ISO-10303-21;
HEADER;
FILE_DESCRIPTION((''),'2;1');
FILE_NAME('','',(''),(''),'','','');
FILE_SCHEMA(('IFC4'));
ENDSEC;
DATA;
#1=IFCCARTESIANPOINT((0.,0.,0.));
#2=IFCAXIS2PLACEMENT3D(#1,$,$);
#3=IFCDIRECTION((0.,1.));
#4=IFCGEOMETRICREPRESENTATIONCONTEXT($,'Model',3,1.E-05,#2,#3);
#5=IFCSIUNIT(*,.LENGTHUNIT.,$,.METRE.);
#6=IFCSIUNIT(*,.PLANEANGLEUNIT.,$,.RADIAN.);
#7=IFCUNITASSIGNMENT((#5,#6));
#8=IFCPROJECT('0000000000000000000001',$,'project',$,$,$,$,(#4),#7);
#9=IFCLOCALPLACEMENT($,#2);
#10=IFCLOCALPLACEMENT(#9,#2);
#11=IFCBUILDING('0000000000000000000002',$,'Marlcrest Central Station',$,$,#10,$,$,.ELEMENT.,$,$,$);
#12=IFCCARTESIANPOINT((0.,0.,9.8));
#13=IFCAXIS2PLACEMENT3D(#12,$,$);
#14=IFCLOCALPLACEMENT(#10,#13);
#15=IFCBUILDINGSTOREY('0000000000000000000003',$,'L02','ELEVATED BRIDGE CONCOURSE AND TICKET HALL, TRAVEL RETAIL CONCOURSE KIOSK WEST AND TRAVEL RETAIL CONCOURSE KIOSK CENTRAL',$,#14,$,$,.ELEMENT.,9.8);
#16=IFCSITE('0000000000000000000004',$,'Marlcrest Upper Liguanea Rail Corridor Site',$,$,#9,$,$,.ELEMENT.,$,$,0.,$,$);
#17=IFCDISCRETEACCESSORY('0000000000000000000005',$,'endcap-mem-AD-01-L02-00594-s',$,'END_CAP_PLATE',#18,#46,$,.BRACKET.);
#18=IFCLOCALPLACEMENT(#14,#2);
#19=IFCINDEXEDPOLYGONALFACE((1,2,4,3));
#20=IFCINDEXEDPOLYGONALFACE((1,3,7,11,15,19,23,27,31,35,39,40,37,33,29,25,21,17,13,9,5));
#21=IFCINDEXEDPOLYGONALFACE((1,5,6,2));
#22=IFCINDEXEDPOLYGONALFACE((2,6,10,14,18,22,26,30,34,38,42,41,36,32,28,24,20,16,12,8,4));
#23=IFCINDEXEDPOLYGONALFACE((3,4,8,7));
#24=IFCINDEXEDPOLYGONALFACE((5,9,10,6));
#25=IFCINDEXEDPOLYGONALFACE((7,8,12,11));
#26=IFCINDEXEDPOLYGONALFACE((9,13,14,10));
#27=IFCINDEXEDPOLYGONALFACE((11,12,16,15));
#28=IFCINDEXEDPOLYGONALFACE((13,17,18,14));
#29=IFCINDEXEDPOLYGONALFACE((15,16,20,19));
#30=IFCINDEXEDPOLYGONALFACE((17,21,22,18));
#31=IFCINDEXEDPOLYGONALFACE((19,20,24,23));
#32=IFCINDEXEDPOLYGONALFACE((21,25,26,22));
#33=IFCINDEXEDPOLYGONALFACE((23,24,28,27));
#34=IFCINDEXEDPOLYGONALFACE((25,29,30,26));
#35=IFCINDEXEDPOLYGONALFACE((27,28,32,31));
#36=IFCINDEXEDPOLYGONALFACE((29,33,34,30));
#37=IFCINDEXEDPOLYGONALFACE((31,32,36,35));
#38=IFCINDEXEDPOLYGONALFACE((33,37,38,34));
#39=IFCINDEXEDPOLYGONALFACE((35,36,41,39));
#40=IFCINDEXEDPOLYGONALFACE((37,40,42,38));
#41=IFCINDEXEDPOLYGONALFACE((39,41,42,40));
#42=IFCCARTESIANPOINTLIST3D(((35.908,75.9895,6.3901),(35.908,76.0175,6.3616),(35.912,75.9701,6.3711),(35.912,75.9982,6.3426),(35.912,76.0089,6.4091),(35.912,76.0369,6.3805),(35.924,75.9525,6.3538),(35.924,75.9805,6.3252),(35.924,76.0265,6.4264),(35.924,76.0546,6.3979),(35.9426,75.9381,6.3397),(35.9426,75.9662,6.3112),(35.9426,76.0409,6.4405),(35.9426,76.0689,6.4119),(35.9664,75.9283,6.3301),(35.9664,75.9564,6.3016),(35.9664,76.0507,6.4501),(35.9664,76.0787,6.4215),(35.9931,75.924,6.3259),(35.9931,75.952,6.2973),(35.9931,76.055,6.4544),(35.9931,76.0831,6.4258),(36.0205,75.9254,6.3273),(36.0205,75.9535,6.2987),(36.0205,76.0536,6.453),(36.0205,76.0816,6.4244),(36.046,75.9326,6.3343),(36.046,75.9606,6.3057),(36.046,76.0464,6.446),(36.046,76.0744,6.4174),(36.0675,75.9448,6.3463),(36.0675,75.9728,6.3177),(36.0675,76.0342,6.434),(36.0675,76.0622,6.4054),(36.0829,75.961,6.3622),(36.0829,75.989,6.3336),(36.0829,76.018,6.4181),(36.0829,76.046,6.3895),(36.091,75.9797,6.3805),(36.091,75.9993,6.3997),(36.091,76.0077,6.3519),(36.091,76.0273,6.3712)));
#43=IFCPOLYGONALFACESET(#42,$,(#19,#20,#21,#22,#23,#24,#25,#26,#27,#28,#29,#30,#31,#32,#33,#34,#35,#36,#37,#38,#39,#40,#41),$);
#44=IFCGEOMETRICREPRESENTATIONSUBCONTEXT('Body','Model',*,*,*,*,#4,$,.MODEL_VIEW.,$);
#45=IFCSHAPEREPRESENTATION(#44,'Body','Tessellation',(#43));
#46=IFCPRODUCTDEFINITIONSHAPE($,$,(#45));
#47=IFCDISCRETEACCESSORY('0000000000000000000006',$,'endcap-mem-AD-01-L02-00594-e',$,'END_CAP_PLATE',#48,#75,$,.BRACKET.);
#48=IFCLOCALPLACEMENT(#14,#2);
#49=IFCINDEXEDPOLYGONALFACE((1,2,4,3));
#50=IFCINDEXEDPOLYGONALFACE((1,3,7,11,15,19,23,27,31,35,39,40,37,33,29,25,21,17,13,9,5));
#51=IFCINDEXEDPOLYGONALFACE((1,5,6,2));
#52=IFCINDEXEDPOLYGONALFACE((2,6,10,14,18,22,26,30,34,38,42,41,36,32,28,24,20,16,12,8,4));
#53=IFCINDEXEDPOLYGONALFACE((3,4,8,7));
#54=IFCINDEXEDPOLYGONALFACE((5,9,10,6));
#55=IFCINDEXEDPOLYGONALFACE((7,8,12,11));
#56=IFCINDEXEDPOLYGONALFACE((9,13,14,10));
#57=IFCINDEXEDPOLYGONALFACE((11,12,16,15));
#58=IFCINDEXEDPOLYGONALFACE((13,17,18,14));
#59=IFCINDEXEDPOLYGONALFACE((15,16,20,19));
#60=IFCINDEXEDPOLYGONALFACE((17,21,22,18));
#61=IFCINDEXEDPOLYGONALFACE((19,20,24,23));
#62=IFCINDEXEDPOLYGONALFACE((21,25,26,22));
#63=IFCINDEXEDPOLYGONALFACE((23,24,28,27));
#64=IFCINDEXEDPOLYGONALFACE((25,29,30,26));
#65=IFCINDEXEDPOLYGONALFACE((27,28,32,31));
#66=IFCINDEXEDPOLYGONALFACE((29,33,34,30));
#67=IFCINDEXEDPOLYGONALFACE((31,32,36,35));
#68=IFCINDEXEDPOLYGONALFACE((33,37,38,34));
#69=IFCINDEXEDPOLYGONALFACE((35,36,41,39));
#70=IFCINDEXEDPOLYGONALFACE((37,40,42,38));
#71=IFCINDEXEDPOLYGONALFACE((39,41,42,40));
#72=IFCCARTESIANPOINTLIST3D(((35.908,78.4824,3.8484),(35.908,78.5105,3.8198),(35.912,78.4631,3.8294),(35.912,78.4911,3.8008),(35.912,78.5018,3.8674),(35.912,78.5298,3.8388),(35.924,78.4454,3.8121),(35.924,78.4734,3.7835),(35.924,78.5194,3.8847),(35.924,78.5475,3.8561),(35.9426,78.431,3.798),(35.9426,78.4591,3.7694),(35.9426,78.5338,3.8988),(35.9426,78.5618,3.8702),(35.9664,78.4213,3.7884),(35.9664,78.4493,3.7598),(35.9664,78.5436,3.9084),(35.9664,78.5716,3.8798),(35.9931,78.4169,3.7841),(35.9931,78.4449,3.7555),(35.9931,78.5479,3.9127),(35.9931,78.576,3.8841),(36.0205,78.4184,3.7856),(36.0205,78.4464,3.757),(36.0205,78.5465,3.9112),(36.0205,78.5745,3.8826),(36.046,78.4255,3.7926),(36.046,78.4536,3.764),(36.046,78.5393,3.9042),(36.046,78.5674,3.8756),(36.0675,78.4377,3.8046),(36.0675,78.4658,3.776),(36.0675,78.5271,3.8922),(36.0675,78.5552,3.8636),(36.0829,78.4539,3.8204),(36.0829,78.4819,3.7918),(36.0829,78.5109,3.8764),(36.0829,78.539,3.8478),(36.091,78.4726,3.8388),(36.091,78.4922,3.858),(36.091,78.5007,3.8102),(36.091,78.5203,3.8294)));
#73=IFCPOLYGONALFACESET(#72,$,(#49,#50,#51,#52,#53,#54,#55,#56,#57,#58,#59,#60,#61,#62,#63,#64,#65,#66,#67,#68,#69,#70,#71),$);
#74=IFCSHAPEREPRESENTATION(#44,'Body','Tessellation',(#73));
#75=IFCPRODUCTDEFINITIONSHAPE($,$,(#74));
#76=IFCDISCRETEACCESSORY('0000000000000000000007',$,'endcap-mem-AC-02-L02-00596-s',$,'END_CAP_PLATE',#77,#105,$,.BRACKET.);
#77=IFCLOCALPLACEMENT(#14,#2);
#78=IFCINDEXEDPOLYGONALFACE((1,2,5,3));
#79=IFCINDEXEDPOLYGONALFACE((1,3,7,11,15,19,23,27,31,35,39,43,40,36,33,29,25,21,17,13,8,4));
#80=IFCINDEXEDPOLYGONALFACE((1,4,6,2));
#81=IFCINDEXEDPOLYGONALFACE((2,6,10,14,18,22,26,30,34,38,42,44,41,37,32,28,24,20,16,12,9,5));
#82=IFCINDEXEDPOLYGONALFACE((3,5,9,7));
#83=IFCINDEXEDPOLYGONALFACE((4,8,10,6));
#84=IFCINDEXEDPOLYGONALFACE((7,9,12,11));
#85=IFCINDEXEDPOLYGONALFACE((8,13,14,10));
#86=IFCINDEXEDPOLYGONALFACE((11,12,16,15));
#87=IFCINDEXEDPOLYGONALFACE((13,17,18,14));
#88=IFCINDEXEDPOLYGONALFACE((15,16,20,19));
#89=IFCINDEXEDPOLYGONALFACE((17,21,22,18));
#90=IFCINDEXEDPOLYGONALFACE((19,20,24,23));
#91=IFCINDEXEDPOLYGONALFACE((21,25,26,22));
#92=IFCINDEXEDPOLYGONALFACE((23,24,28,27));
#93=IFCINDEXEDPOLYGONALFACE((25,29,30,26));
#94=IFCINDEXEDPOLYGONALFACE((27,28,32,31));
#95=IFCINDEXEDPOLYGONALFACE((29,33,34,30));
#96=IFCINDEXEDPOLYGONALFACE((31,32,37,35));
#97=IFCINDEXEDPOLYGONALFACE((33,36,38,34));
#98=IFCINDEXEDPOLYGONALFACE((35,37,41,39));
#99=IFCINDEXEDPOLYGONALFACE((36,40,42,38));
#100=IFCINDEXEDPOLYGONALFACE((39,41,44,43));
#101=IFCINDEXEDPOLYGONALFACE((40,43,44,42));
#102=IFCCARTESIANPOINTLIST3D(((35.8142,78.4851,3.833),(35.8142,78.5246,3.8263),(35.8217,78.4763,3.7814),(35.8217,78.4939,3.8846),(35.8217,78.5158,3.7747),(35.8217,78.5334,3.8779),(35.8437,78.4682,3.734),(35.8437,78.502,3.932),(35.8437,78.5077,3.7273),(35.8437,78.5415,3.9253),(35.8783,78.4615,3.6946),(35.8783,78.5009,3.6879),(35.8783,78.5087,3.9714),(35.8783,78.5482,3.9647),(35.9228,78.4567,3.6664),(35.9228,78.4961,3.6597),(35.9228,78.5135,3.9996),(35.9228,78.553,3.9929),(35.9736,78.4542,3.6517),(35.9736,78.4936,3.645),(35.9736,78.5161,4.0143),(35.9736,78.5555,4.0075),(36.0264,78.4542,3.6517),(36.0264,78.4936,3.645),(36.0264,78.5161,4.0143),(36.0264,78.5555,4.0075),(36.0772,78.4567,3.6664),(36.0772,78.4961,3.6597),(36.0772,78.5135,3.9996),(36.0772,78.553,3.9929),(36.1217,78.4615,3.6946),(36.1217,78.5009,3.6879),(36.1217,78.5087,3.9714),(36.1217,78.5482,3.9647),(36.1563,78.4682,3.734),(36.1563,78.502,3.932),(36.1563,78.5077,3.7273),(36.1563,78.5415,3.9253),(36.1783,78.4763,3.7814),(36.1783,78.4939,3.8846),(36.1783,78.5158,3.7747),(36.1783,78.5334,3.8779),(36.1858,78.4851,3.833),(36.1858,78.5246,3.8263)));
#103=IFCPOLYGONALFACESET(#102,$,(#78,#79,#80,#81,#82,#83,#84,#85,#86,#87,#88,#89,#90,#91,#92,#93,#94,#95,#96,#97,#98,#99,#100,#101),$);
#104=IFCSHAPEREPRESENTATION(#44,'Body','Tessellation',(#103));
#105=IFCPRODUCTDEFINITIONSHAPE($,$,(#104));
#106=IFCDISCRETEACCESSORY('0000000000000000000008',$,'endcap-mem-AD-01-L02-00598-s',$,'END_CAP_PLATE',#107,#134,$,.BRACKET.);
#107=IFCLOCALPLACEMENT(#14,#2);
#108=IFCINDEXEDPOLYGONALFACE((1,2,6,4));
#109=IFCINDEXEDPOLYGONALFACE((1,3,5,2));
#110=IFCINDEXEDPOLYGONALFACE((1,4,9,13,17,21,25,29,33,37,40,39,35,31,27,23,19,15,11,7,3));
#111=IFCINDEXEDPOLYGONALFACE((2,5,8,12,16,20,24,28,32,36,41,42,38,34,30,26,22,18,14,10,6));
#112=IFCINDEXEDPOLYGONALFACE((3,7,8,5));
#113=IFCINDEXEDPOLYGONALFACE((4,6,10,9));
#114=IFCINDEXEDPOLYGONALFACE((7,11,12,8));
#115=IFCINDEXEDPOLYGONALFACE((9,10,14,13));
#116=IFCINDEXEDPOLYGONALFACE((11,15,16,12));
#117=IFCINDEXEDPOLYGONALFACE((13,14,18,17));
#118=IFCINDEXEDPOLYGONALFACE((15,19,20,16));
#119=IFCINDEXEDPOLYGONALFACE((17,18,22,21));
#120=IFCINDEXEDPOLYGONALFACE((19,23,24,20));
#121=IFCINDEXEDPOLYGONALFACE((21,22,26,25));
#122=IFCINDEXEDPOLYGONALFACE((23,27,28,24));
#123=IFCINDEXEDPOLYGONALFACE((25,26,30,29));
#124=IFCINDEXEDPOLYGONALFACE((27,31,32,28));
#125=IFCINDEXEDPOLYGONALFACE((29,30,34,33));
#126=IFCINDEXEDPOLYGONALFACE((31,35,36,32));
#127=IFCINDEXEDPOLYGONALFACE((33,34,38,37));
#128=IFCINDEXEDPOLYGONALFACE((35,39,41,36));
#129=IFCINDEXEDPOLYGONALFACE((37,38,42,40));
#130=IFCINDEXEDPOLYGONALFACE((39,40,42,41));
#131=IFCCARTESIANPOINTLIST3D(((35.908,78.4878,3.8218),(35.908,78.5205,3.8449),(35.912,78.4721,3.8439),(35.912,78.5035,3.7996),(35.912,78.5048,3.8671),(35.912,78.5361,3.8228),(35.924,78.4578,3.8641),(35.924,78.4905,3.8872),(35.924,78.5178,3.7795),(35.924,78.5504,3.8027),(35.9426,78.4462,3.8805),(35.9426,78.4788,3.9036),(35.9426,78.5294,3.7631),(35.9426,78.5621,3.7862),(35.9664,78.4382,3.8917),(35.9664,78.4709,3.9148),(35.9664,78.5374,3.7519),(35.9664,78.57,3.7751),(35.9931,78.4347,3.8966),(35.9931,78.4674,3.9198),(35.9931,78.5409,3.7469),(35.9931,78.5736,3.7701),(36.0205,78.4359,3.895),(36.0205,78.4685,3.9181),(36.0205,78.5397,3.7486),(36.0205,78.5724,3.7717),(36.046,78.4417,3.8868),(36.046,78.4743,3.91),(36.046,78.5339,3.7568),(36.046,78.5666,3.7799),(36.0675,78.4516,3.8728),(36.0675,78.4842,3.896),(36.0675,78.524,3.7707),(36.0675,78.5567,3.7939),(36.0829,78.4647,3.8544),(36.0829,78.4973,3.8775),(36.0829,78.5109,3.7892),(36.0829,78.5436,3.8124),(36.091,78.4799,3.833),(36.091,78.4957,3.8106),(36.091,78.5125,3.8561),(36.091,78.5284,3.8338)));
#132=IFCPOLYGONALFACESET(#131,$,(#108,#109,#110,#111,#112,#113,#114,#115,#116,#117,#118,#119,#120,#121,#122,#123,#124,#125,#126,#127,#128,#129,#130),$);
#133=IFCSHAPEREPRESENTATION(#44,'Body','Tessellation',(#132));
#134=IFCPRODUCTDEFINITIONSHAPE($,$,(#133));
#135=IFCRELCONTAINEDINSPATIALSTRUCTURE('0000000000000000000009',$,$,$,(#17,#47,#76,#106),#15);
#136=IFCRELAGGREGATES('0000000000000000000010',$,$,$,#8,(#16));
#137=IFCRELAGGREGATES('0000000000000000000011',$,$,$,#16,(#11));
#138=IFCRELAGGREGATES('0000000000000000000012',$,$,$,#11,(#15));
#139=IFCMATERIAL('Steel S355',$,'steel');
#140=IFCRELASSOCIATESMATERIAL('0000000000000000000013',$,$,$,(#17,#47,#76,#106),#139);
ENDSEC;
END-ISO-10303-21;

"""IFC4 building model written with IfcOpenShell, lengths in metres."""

from ifc_helpers import new_model, si_unit, direction, frame, origin, origin_2d, place, context, subcontext, project, spatial, circle, extrude, material, element, save


model = new_model("IFC4")

# Units and contexts
model_context = context("Model", 3, precision=1e-05, world=origin(), true_north=direction((0.0, 1.0)))
body_context = subcontext(model_context, "Body", "Model", "MODEL_VIEW")
ifc_project = project(units=[si_unit("LENGTHUNIT", "METRE"), si_unit("PLANEANGLEUNIT", "RADIAN")], contexts=[model_context])

# Site, building, storey
site_placement = place(None, origin())
site = spatial("IfcSite", under=ifc_project, at=site_placement, Name="Marlcrest Upper Liguanea Rail Corridor Site", CompositionType="ELEMENT", RefElevation=0.0)
building_placement = place(site_placement, origin())
building = spatial("IfcBuilding", under=site, at=building_placement, Name="Marlcrest Central Station", CompositionType="ELEMENT")
storey_placement = place(building_placement, frame((0.0, 0.0, 9.8)))
storey = spatial("IfcBuildingStorey", under=building, at=storey_placement, Name="L02", Description="ELEVATED BRIDGE CONCOURSE AND TICKET HALL, TRAVEL RETAIL CONCOURSE KIOSK WEST AND TRAVEL RETAIL CONCOURSE KIOSK CENTRAL", CompositionType="ELEMENT", Elevation=9.8)

# Shared definitions
ifc_material = material(Name="Steel S355", Category="steel")

# Discrete accessories
for number, where, z_axis, x_axis, name in (
    (1, (36.0, 75.9895, 6.3901), (0.0, 0.700235, -0.713912), (-1.0, 0.0, 0.0), "endcap-mem-AD-01-L02-00594-s"),
    (2, (36.0, 78.4824, 3.8484), (0.0, 0.700235, -0.713912), (-1.0, 0.0, 0.0), "endcap-mem-AD-01-L02-00594-e"),
):
    element("IfcDiscreteAccessory", number, at=place(storey_placement, frame(where, z_axis=z_axis, x_axis=x_axis)), inside=storey, material=ifc_material, Name=name, ObjectType="END_CAP_PLATE", PredefinedType="BRACKET", context=body_context, shape_type="SweptSolid", body=[
        extrude(circle(Radius=0.092, at=origin_2d()), origin(), (0.0, 0.0, 1.0), 0.04),
    ])
discrete_accessory_1_placement = place(storey_placement, frame((36.0, 78.4851, 3.833), z_axis=(0.0, 0.985741, -0.168269), x_axis=(-1.0, 0.0, 0.0)))
element("IfcDiscreteAccessory", 3, at=discrete_accessory_1_placement, inside=storey, material=ifc_material, Name="endcap-mem-AC-02-L02-00596-s", ObjectType="END_CAP_PLATE", PredefinedType="BRACKET", context=body_context, shape_type="SweptSolid", body=[
    extrude(circle(Radius=0.1858, at=origin_2d()), origin(), (0.0, 0.0, 1.0), 0.04),
])
discrete_accessory_2_placement = place(storey_placement, frame((36.0, 78.4878, 3.8218), z_axis=(0.0, 0.815661, 0.57853), x_axis=(-1.0, 0.0, 0.0)))
element("IfcDiscreteAccessory", 4, at=discrete_accessory_2_placement, inside=storey, material=ifc_material, Name="endcap-mem-AD-01-L02-00598-s", ObjectType="END_CAP_PLATE", PredefinedType="BRACKET", context=body_context, shape_type="SweptSolid", body=[
    extrude(circle(Radius=0.092, at=origin_2d()), origin(), (0.0, 0.0, 1.0), 0.04),
])

save(model, "model.ifc")
